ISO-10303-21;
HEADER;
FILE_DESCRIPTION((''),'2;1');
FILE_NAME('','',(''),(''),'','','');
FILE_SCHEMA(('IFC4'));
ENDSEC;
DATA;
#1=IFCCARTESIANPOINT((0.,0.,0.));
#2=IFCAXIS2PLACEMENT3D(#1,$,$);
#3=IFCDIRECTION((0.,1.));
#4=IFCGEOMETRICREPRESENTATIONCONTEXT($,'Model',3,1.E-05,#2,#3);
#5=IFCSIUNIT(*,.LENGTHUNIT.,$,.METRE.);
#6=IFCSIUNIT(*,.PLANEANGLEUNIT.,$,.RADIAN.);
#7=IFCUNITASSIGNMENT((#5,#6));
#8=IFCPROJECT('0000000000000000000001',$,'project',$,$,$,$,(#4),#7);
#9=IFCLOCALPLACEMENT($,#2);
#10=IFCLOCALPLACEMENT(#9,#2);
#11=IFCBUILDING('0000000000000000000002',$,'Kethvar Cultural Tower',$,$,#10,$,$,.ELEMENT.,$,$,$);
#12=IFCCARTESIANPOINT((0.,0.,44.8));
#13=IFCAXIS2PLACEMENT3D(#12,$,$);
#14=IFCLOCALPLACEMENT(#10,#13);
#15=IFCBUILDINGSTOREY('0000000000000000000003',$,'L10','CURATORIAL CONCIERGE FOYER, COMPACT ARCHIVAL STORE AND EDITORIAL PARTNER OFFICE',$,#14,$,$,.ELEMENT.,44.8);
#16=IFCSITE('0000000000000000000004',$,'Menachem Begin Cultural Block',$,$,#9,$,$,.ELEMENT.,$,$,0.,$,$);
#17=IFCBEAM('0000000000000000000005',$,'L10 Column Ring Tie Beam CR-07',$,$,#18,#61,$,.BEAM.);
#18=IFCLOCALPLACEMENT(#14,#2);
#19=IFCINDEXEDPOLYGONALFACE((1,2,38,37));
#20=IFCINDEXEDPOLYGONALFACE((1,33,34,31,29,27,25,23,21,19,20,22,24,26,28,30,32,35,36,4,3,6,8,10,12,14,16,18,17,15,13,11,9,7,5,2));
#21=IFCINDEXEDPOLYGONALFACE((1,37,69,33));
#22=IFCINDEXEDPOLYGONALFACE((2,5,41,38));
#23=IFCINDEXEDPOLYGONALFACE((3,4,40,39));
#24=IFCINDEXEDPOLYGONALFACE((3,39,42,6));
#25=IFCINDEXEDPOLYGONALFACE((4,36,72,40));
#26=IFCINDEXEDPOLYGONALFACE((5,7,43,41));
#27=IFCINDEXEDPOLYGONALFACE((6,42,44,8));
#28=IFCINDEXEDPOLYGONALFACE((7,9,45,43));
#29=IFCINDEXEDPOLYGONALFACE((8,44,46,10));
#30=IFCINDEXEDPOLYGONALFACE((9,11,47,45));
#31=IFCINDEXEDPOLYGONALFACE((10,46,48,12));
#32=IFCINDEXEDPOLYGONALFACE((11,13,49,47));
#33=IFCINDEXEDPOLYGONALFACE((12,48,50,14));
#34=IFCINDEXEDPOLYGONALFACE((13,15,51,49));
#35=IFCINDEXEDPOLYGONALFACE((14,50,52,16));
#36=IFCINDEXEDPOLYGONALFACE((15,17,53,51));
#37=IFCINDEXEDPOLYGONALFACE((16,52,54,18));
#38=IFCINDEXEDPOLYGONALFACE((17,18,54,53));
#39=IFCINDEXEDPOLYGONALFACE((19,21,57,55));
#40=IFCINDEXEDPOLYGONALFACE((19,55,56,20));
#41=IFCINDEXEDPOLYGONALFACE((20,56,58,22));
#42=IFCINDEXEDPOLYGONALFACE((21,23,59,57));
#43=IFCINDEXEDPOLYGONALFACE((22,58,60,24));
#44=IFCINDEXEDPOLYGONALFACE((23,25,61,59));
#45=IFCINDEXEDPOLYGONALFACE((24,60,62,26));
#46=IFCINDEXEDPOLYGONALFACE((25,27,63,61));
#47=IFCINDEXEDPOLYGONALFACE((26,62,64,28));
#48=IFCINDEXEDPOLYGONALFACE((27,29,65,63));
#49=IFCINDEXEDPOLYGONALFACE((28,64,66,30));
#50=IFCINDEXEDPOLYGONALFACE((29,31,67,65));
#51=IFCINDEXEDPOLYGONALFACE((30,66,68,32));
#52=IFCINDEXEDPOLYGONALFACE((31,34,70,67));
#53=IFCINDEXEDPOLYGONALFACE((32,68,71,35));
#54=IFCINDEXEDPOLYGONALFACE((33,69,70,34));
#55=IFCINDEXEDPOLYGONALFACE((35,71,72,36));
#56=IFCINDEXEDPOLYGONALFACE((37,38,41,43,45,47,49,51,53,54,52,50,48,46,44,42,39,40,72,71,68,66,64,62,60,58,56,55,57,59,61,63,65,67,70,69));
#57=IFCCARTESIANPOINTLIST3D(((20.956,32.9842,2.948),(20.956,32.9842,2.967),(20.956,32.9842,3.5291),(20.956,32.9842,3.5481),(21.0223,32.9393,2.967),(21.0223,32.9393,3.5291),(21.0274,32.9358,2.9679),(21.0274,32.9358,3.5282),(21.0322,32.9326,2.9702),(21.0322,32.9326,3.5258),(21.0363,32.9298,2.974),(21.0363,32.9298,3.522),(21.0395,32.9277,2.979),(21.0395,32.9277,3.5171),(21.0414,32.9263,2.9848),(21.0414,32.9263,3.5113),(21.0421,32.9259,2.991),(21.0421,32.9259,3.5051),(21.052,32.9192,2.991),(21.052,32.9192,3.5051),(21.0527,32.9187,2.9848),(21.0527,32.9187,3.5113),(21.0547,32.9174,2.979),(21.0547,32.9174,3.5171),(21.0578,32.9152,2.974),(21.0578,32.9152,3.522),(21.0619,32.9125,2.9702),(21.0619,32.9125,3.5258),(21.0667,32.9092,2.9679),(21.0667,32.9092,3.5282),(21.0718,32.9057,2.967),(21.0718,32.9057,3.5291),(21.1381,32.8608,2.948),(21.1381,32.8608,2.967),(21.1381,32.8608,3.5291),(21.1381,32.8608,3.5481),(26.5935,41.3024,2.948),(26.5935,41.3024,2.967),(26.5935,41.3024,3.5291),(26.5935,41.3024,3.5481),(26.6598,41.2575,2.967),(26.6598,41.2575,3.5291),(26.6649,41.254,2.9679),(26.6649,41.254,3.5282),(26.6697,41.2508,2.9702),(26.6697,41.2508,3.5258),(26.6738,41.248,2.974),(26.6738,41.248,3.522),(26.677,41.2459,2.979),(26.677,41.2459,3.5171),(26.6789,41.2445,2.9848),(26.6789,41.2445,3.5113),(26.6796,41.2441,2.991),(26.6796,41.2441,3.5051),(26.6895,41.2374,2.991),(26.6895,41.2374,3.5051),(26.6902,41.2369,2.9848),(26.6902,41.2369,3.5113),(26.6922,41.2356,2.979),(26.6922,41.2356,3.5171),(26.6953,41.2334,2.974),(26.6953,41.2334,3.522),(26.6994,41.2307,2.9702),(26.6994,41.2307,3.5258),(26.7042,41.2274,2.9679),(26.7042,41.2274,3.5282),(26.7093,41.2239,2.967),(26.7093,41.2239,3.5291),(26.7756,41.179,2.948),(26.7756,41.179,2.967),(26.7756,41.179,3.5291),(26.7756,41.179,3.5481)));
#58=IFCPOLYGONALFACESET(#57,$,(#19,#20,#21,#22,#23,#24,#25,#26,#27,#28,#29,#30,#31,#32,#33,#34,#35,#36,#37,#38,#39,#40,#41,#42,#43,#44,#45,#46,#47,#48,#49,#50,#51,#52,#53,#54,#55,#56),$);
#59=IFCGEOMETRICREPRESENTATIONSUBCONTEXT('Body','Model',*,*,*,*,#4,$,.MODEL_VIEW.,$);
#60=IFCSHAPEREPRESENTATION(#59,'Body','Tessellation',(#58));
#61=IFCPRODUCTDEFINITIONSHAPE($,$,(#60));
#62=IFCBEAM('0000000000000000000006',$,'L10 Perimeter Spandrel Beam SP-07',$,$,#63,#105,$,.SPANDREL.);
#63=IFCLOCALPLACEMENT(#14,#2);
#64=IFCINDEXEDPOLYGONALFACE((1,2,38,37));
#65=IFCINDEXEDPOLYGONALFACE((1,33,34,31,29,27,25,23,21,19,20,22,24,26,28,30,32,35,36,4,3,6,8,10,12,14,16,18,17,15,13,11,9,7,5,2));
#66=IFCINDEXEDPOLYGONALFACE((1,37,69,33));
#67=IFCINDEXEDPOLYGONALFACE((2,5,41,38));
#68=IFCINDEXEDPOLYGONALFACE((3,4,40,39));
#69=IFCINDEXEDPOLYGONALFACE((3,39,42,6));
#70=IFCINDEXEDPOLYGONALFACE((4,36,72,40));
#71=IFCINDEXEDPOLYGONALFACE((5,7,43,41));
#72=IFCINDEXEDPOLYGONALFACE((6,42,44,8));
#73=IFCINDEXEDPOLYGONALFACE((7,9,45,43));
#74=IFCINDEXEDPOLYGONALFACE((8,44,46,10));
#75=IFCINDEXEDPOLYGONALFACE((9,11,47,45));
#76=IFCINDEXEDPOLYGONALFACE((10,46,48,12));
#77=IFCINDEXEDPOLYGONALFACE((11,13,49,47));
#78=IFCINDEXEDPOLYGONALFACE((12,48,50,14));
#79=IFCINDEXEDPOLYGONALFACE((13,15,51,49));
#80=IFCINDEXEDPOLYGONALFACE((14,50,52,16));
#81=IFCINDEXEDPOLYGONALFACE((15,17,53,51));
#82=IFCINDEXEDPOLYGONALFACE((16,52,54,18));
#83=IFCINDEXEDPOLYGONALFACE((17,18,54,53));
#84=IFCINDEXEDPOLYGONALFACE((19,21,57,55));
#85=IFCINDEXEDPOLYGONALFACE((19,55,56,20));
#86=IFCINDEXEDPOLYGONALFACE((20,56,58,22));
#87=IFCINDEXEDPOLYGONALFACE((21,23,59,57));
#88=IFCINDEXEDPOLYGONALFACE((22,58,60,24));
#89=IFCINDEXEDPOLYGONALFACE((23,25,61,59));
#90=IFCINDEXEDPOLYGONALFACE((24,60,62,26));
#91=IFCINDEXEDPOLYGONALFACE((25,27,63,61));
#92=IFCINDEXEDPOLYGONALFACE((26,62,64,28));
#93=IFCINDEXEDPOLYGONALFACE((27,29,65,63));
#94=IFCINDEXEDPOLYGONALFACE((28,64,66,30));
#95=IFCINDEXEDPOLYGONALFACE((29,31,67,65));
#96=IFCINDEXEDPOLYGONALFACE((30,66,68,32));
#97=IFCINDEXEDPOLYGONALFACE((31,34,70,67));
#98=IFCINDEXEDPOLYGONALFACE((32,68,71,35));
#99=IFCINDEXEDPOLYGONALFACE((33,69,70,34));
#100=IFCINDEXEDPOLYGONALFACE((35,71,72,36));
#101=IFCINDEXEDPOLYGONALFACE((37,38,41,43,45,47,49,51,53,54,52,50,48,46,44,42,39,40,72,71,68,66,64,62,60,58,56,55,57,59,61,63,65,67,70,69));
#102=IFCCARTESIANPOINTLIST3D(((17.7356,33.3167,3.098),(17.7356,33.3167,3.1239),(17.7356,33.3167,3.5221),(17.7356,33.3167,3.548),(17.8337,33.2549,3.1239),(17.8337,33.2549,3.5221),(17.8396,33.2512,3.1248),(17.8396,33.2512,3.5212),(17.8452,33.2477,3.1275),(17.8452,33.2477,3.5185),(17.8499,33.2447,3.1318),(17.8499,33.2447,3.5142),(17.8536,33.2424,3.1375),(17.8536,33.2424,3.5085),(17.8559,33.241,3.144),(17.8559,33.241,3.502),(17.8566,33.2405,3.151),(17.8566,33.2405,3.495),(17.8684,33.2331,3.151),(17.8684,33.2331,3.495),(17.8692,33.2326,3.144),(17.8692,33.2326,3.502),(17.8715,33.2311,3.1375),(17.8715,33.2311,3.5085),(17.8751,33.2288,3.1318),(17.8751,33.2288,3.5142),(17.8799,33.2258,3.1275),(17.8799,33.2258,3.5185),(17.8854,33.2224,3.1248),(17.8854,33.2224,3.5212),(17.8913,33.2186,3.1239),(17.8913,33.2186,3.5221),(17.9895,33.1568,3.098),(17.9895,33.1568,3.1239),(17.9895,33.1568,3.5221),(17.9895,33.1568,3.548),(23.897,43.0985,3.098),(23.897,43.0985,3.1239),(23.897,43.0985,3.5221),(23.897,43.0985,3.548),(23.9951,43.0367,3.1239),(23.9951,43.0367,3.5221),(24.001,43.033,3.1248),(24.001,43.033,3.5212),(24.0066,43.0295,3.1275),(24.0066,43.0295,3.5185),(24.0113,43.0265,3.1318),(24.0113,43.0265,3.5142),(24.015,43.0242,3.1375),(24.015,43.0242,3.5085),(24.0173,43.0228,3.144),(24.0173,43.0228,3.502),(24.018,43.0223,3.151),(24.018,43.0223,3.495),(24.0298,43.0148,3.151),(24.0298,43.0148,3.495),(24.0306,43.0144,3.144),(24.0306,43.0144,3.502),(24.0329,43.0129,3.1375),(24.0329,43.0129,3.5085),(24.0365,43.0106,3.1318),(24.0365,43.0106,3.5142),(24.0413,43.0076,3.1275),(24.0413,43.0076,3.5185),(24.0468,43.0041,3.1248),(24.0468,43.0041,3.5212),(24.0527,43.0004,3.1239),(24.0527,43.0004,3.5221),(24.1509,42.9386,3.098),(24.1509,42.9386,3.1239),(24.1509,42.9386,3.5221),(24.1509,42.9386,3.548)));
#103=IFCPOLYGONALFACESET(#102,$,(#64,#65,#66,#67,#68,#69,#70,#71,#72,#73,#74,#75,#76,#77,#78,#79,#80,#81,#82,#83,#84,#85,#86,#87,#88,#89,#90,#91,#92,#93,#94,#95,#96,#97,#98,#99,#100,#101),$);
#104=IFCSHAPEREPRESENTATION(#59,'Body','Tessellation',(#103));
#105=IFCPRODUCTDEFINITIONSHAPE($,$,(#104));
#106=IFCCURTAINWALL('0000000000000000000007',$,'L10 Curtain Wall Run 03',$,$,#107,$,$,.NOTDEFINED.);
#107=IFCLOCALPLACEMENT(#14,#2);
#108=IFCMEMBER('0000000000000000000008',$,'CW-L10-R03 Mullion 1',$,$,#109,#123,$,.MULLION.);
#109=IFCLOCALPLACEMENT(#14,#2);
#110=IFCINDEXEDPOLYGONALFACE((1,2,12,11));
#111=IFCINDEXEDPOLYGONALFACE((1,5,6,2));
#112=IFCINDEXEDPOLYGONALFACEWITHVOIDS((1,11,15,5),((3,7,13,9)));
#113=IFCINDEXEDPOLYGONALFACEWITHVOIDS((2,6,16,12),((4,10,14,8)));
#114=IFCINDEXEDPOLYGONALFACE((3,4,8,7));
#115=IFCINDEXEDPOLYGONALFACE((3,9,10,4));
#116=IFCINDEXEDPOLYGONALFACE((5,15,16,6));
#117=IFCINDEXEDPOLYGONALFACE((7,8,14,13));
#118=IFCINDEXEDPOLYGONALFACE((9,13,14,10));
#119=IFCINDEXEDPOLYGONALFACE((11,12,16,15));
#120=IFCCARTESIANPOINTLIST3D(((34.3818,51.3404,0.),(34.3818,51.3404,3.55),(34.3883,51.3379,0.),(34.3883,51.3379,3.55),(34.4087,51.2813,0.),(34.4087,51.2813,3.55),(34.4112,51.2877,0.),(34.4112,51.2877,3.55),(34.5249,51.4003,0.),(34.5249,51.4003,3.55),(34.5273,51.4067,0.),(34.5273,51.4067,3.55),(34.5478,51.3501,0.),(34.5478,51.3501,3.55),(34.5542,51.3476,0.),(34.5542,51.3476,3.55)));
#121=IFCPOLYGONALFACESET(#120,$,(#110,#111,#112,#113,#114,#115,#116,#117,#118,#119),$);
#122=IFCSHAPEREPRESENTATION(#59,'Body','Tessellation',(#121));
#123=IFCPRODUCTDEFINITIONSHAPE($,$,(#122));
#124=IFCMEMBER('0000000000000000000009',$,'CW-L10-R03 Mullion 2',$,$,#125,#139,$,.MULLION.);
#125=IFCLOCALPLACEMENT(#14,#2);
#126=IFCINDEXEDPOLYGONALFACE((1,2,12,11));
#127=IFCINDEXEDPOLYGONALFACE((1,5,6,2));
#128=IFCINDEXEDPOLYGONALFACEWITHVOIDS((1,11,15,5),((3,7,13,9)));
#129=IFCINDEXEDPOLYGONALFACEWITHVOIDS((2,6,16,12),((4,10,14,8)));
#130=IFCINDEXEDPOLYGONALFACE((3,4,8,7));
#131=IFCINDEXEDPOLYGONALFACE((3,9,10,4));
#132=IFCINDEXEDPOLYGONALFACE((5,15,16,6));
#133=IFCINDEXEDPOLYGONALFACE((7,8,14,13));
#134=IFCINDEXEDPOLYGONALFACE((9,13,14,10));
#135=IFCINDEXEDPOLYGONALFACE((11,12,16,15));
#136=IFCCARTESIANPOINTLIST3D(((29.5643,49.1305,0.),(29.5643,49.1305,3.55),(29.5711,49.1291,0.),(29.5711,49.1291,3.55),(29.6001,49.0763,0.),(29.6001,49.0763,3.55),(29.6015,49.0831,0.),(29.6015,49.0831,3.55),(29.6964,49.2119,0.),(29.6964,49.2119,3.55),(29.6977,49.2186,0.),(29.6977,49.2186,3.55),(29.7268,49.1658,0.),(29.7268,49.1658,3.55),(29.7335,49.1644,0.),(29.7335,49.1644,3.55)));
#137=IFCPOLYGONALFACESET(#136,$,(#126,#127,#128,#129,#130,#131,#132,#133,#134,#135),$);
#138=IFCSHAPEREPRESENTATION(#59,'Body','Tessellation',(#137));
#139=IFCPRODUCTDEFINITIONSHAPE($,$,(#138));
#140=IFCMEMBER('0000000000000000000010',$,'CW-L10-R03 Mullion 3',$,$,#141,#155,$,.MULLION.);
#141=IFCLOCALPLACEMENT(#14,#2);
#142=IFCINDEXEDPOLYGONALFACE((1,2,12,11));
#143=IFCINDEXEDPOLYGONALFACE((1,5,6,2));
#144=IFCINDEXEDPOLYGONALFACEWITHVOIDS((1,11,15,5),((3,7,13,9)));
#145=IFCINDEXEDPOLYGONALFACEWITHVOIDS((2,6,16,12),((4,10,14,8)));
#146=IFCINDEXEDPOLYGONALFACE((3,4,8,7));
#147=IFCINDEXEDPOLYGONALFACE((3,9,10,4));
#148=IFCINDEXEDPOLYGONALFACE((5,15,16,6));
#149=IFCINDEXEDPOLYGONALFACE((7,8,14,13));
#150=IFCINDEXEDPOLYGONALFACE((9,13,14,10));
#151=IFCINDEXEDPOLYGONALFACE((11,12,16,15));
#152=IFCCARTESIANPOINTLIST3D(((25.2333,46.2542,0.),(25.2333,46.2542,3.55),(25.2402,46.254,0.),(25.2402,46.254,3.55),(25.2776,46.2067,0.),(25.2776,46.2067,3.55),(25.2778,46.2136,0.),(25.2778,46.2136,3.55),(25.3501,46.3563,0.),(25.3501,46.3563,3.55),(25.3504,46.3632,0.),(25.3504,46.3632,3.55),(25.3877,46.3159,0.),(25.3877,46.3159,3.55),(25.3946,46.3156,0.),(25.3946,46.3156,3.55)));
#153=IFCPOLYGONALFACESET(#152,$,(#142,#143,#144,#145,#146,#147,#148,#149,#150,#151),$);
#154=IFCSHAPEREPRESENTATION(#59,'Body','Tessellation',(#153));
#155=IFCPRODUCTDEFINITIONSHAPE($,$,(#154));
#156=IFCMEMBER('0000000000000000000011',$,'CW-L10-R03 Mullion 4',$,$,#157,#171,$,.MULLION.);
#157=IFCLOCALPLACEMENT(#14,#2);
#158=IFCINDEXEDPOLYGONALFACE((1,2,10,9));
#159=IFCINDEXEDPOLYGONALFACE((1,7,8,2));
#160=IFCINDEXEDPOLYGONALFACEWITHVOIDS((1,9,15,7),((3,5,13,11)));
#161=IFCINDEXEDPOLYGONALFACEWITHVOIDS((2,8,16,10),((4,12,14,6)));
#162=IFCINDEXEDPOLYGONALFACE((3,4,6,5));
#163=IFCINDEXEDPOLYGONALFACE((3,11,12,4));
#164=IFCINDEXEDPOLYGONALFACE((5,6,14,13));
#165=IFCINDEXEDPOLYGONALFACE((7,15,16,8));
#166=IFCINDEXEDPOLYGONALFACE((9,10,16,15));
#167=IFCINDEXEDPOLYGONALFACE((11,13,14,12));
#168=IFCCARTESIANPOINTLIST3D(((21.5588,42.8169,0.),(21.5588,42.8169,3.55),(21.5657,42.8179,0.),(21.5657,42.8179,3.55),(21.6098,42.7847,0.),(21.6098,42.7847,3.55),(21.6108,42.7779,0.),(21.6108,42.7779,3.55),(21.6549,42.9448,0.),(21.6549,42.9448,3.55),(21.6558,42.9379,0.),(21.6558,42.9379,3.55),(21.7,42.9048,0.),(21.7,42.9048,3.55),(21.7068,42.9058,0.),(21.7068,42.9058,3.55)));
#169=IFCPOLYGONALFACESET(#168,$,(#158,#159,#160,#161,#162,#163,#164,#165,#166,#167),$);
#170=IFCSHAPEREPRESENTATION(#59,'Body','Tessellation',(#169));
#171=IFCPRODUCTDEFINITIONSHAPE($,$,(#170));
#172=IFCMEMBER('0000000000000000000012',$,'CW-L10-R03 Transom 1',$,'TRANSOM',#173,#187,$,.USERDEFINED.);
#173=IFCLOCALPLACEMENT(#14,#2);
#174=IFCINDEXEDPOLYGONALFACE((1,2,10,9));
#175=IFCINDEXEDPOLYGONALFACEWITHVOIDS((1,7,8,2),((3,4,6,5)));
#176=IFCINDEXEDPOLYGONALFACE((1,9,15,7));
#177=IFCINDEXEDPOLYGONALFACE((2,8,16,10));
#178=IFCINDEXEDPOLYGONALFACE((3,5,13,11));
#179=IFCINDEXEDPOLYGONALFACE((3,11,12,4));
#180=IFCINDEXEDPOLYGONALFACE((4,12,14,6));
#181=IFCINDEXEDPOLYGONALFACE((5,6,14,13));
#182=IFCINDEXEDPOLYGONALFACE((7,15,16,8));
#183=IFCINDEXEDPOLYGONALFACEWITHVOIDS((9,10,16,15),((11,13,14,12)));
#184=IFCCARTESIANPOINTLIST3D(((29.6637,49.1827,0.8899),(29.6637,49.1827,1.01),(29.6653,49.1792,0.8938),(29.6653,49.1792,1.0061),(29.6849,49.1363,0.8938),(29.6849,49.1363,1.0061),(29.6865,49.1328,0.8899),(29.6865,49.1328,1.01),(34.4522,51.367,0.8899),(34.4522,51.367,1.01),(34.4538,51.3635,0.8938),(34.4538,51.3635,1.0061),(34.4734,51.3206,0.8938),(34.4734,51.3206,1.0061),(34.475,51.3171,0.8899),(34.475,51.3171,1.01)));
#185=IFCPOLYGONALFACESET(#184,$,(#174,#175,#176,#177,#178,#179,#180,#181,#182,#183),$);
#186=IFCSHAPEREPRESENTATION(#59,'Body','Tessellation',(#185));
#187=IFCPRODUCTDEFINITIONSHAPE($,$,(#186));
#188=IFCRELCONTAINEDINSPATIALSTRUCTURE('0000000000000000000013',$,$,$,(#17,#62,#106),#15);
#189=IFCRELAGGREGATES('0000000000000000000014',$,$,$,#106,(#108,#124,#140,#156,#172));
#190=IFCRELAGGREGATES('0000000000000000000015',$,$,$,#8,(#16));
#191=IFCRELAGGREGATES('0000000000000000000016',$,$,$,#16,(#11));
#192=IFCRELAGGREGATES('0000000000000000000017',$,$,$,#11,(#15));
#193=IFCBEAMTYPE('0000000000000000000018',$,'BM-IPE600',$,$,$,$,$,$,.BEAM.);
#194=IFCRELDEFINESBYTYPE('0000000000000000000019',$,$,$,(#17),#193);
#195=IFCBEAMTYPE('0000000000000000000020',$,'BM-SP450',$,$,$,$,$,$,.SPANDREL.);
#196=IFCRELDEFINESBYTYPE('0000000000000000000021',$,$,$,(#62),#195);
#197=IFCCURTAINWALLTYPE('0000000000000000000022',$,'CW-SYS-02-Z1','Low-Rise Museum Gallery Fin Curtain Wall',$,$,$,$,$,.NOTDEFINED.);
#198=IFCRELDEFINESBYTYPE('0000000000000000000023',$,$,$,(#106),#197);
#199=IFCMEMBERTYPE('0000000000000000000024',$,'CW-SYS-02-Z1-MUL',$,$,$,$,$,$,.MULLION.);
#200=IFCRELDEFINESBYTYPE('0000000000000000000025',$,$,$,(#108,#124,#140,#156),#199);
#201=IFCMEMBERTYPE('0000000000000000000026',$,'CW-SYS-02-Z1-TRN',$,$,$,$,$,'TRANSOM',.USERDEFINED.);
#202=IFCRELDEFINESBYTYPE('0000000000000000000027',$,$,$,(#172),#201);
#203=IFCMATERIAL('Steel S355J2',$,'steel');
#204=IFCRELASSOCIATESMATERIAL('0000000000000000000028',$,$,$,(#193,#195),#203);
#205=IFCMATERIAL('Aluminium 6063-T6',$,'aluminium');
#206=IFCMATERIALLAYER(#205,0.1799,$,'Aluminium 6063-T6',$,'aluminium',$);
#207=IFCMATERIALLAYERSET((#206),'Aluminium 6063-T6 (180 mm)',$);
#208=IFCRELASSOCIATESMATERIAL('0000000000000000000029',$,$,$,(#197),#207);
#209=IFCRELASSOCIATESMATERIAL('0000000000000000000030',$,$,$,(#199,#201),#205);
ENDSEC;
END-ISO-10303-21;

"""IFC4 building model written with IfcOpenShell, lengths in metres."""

from ifc_helpers import new_model, si_unit, direction, frame, origin, origin_2d, place, context, subcontext, project, spatial, hollow_rectangle, i_section, extrude, source, transform, mapped, material, layer, layer_set, material_profile, profile_set, type_object, element, aggregate, save


model = new_model("IFC4")

# Units and contexts
model_context = context("Model", 3, precision=1e-05, world=origin(), true_north=direction((0.0, 1.0)))
body_context = subcontext(model_context, "Body", "Model", "MODEL_VIEW")
ifc_project = project(units=[si_unit("LENGTHUNIT", "METRE"), si_unit("PLANEANGLEUNIT", "RADIAN")], contexts=[model_context])

# Site, building, storey
site_placement = place(None, origin())
site = spatial("IfcSite", under=ifc_project, at=site_placement, Name="Menachem Begin Cultural Block", CompositionType="ELEMENT", RefElevation=0.0)
building_placement = place(site_placement, origin())
building = spatial("IfcBuilding", under=site, at=building_placement, Name="Kethvar Cultural Tower", CompositionType="ELEMENT")
storey_placement = place(building_placement, frame((0.0, 0.0, 44.8)))
storey = spatial("IfcBuildingStorey", under=building, at=storey_placement, Name="L10", Description="CURATORIAL CONCIERGE FOYER, COMPACT ARCHIVAL STORE AND EDITORIAL PARTNER OFFICE", CompositionType="ELEMENT", Elevation=44.8)

# Beams
ifc_material_1 = material(Name="Steel S355J2", Category="steel")
ifc_material_profile_1 = material_profile(ifc_material_1, i_section(OverallWidth=0.22, OverallDepth=0.6001, WebThickness=0.012, FlangeThickness=0.019, FilletRadius=0.0239, at=origin_2d()), Name="Steel S355J2 — IPE600")
ifc_profile_set_1 = profile_set([ifc_material_profile_1], Name="Steel S355J2 — IPE600")
beam_type_1 = type_object("IfcBeamType", Name="BM-IPE600", PredefinedType="BEAM", material=ifc_profile_set_1)
ifc_material_profile_2 = material_profile(ifc_material_1, i_section(OverallWidth=0.3, OverallDepth=0.45, WebThickness=0.0139, FlangeThickness=0.0259, FilletRadius=0.0271, at=origin_2d()), Name="Steel S355J2 — HEB450")
ifc_profile_set_2 = profile_set([ifc_material_profile_2], Name="Steel S355J2 — HEB450")
beam_type_2 = type_object("IfcBeamType", Name="BM-SP450", PredefinedType="SPANDREL", material=ifc_profile_set_2)
shared_shape_1 = source(origin(), body_context, "Body", "SweptSolid", [
    extrude(i_section(OverallWidth=0.22, OverallDepth=0.6001, WebThickness=0.012, FlangeThickness=0.019, FilletRadius=0.0239, at=origin_2d()), origin(), (0.0, 0.0, 1.0), 10.0486),
])
beam_1_placement = place(storey_placement, frame((26.6846, 41.2407, 3.248), z_axis=(-0.561025, -0.827799, 0.0), x_axis=(0.827799, -0.561025, 0.0)))
element("IfcBeam", 1, at=beam_1_placement, inside=storey, type_object=beam_type_1, Name="L10 Column Ring Tie Beam CR-07", PredefinedType="BEAM", context=body_context, shape_type="MappedRepresentation", body=[
    mapped(shared_shape_1, transform((0.0, 0.0, 0.0), scale=1.0)),
])
shared_shape_2 = source(origin(), body_context, "Body", "SweptSolid", [
    extrude(i_section(OverallWidth=0.3, OverallDepth=0.45, WebThickness=0.0139, FlangeThickness=0.0259, FilletRadius=0.0271, at=origin_2d()), origin(), (0.0, 0.0, 1.0), 11.5605),
])
beam_2_placement = place(storey_placement, frame((24.0239, 43.0186, 3.323), z_axis=(-0.532968, -0.846135, 0.0), x_axis=(0.846135, -0.532968, 0.0)))
element("IfcBeam", 2, at=beam_2_placement, inside=storey, type_object=beam_type_2, Name="L10 Perimeter Spandrel Beam SP-07", PredefinedType="SPANDREL", context=body_context, shape_type="MappedRepresentation", body=[
    mapped(shared_shape_2, transform((0.0, 0.0, 0.0), scale=1.0)),
])

# Curtain wall, members
ifc_material_2 = material(Name="Aluminium 6063-T6", Category="aluminium")
ifc_layer_1 = layer(ifc_material_2, 0.1799, Name="Aluminium 6063-T6", Category="aluminium")
ifc_layer_set_1 = layer_set([ifc_layer_1], Name="Aluminium 6063-T6 (180 mm)")
curtain_wall_type = type_object("IfcCurtainWallType", Name="CW-SYS-02-Z1", Description="Low-Rise Museum Gallery Fin Curtain Wall", PredefinedType="NOTDEFINED", material=ifc_layer_set_1)
curtain_wall_placement = place(storey_placement, origin())
curtain_wall = element("IfcCurtainWall", 3, at=curtain_wall_placement, inside=storey, type_object=curtain_wall_type, Name="L10 Curtain Wall Run 03", PredefinedType="NOTDEFINED")
ifc_material_profile_3 = material_profile(ifc_material_2, hollow_rectangle(XDim=0.0649, YDim=0.1599, WallThickness=0.0049, at=origin_2d()), Name="Aluminium 6063-T6 — RHS160x65x5")
ifc_profile_set_3 = profile_set([ifc_material_profile_3], Name="Aluminium 6063-T6 — RHS160x65x5")
member_type_1 = type_object("IfcMemberType", Name="CW-SYS-02-Z1-MUL", PredefinedType="MULLION", material=ifc_profile_set_3)
shared_shape_3 = source(origin(), body_context, "Body", "SweptSolid", [
    extrude(hollow_rectangle(XDim=0.0649, YDim=0.1599, WallThickness=0.0049, at=origin_2d()), origin(), (0.0, 0.0, 1.0), 3.55),
])
member_1_placement = place(storey_placement, frame((34.468, 51.344, 0.0), z_axis=(0.0, 0.0, 1.0), x_axis=(0.415011, -0.909816, 0.0)))
member_1 = element("IfcMember", 4, at=member_1_placement, type_object=member_type_1, Name="CW-L10-R03 Mullion 1", PredefinedType="MULLION", context=body_context, shape_type="MappedRepresentation", body=[
    mapped(shared_shape_3, transform((0.0, 0.0, 0.0), scale=1.0)),
])
member_2_placement = place(storey_placement, frame((29.6489, 49.1475, 0.0), z_axis=(0.0, 0.0, 1.0), x_axis=(0.551296, -0.834309, 0.0)))
member_2 = element("IfcMember", 5, at=member_2_placement, type_object=member_type_1, Name="CW-L10-R03 Mullion 2", PredefinedType="MULLION", context=body_context, shape_type="MappedRepresentation", body=[
    mapped(shared_shape_3, transform((0.0, 0.0, 0.0), scale=1.0)),
])
member_3_placement = place(storey_placement, frame((25.314, 46.2849, 0.0), z_axis=(0.0, 0.0, 1.0), x_axis=(0.681283, -0.73202, 0.0)))
member_3 = element("IfcMember", 6, at=member_3_placement, type_object=member_type_1, Name="CW-L10-R03 Mullion 3", PredefinedType="MULLION", context=body_context, shape_type="MappedRepresentation", body=[
    mapped(shared_shape_3, transform((0.0, 0.0, 0.0), scale=1.0)),
])
member_4_placement = place(storey_placement, frame((21.6328, 42.8613, 0.0), z_axis=(0.0, 0.0, 1.0), x_axis=(0.799664, -0.600448, 0.0)))
member_4 = element("IfcMember", 7, at=member_4_placement, type_object=member_type_1, Name="CW-L10-R03 Mullion 4", PredefinedType="MULLION", context=body_context, shape_type="MappedRepresentation", body=[
    mapped(shared_shape_3, transform((0.0, 0.0, 0.0), scale=1.0)),
])
ifc_material_profile_4 = material_profile(ifc_material_2, hollow_rectangle(XDim=0.0549, YDim=0.1201, WallThickness=0.0039, at=origin_2d()), Name="Aluminium 6063-T6 — RHS120x55x4")
ifc_profile_set_4 = profile_set([ifc_material_profile_4], Name="Aluminium 6063-T6 — RHS120x55x4")
member_type_2 = type_object("IfcMemberType", Name="CW-SYS-02-Z1-TRN", ElementType="TRANSOM", PredefinedType="USERDEFINED", material=ifc_profile_set_4)
shared_shape_4 = source(origin(), body_context, "Body", "SweptSolid", [
    extrude(hollow_rectangle(XDim=0.0549, YDim=0.1201, WallThickness=0.0039, at=origin_2d()), origin(), (0.0, 0.0, 1.0), 5.2632),
])
member_5_placement = place(storey_placement, frame((34.4636, 51.342, 0.95), z_axis=(-0.909814, -0.415015, 0.0), x_axis=(0.415015, -0.909814, 0.0)))
member_5 = element("IfcMember", 8, at=member_5_placement, type_object=member_type_2, Name="CW-L10-R03 Transom 1", ObjectType="TRANSOM", PredefinedType="USERDEFINED", context=body_context, shape_type="MappedRepresentation", body=[
    mapped(shared_shape_4, transform((0.0, 0.0, 0.0), scale=1.0)),
])
aggregate(curtain_wall, [member_1, member_2, member_3, member_4, member_5])

save(model, "model.ifc")
